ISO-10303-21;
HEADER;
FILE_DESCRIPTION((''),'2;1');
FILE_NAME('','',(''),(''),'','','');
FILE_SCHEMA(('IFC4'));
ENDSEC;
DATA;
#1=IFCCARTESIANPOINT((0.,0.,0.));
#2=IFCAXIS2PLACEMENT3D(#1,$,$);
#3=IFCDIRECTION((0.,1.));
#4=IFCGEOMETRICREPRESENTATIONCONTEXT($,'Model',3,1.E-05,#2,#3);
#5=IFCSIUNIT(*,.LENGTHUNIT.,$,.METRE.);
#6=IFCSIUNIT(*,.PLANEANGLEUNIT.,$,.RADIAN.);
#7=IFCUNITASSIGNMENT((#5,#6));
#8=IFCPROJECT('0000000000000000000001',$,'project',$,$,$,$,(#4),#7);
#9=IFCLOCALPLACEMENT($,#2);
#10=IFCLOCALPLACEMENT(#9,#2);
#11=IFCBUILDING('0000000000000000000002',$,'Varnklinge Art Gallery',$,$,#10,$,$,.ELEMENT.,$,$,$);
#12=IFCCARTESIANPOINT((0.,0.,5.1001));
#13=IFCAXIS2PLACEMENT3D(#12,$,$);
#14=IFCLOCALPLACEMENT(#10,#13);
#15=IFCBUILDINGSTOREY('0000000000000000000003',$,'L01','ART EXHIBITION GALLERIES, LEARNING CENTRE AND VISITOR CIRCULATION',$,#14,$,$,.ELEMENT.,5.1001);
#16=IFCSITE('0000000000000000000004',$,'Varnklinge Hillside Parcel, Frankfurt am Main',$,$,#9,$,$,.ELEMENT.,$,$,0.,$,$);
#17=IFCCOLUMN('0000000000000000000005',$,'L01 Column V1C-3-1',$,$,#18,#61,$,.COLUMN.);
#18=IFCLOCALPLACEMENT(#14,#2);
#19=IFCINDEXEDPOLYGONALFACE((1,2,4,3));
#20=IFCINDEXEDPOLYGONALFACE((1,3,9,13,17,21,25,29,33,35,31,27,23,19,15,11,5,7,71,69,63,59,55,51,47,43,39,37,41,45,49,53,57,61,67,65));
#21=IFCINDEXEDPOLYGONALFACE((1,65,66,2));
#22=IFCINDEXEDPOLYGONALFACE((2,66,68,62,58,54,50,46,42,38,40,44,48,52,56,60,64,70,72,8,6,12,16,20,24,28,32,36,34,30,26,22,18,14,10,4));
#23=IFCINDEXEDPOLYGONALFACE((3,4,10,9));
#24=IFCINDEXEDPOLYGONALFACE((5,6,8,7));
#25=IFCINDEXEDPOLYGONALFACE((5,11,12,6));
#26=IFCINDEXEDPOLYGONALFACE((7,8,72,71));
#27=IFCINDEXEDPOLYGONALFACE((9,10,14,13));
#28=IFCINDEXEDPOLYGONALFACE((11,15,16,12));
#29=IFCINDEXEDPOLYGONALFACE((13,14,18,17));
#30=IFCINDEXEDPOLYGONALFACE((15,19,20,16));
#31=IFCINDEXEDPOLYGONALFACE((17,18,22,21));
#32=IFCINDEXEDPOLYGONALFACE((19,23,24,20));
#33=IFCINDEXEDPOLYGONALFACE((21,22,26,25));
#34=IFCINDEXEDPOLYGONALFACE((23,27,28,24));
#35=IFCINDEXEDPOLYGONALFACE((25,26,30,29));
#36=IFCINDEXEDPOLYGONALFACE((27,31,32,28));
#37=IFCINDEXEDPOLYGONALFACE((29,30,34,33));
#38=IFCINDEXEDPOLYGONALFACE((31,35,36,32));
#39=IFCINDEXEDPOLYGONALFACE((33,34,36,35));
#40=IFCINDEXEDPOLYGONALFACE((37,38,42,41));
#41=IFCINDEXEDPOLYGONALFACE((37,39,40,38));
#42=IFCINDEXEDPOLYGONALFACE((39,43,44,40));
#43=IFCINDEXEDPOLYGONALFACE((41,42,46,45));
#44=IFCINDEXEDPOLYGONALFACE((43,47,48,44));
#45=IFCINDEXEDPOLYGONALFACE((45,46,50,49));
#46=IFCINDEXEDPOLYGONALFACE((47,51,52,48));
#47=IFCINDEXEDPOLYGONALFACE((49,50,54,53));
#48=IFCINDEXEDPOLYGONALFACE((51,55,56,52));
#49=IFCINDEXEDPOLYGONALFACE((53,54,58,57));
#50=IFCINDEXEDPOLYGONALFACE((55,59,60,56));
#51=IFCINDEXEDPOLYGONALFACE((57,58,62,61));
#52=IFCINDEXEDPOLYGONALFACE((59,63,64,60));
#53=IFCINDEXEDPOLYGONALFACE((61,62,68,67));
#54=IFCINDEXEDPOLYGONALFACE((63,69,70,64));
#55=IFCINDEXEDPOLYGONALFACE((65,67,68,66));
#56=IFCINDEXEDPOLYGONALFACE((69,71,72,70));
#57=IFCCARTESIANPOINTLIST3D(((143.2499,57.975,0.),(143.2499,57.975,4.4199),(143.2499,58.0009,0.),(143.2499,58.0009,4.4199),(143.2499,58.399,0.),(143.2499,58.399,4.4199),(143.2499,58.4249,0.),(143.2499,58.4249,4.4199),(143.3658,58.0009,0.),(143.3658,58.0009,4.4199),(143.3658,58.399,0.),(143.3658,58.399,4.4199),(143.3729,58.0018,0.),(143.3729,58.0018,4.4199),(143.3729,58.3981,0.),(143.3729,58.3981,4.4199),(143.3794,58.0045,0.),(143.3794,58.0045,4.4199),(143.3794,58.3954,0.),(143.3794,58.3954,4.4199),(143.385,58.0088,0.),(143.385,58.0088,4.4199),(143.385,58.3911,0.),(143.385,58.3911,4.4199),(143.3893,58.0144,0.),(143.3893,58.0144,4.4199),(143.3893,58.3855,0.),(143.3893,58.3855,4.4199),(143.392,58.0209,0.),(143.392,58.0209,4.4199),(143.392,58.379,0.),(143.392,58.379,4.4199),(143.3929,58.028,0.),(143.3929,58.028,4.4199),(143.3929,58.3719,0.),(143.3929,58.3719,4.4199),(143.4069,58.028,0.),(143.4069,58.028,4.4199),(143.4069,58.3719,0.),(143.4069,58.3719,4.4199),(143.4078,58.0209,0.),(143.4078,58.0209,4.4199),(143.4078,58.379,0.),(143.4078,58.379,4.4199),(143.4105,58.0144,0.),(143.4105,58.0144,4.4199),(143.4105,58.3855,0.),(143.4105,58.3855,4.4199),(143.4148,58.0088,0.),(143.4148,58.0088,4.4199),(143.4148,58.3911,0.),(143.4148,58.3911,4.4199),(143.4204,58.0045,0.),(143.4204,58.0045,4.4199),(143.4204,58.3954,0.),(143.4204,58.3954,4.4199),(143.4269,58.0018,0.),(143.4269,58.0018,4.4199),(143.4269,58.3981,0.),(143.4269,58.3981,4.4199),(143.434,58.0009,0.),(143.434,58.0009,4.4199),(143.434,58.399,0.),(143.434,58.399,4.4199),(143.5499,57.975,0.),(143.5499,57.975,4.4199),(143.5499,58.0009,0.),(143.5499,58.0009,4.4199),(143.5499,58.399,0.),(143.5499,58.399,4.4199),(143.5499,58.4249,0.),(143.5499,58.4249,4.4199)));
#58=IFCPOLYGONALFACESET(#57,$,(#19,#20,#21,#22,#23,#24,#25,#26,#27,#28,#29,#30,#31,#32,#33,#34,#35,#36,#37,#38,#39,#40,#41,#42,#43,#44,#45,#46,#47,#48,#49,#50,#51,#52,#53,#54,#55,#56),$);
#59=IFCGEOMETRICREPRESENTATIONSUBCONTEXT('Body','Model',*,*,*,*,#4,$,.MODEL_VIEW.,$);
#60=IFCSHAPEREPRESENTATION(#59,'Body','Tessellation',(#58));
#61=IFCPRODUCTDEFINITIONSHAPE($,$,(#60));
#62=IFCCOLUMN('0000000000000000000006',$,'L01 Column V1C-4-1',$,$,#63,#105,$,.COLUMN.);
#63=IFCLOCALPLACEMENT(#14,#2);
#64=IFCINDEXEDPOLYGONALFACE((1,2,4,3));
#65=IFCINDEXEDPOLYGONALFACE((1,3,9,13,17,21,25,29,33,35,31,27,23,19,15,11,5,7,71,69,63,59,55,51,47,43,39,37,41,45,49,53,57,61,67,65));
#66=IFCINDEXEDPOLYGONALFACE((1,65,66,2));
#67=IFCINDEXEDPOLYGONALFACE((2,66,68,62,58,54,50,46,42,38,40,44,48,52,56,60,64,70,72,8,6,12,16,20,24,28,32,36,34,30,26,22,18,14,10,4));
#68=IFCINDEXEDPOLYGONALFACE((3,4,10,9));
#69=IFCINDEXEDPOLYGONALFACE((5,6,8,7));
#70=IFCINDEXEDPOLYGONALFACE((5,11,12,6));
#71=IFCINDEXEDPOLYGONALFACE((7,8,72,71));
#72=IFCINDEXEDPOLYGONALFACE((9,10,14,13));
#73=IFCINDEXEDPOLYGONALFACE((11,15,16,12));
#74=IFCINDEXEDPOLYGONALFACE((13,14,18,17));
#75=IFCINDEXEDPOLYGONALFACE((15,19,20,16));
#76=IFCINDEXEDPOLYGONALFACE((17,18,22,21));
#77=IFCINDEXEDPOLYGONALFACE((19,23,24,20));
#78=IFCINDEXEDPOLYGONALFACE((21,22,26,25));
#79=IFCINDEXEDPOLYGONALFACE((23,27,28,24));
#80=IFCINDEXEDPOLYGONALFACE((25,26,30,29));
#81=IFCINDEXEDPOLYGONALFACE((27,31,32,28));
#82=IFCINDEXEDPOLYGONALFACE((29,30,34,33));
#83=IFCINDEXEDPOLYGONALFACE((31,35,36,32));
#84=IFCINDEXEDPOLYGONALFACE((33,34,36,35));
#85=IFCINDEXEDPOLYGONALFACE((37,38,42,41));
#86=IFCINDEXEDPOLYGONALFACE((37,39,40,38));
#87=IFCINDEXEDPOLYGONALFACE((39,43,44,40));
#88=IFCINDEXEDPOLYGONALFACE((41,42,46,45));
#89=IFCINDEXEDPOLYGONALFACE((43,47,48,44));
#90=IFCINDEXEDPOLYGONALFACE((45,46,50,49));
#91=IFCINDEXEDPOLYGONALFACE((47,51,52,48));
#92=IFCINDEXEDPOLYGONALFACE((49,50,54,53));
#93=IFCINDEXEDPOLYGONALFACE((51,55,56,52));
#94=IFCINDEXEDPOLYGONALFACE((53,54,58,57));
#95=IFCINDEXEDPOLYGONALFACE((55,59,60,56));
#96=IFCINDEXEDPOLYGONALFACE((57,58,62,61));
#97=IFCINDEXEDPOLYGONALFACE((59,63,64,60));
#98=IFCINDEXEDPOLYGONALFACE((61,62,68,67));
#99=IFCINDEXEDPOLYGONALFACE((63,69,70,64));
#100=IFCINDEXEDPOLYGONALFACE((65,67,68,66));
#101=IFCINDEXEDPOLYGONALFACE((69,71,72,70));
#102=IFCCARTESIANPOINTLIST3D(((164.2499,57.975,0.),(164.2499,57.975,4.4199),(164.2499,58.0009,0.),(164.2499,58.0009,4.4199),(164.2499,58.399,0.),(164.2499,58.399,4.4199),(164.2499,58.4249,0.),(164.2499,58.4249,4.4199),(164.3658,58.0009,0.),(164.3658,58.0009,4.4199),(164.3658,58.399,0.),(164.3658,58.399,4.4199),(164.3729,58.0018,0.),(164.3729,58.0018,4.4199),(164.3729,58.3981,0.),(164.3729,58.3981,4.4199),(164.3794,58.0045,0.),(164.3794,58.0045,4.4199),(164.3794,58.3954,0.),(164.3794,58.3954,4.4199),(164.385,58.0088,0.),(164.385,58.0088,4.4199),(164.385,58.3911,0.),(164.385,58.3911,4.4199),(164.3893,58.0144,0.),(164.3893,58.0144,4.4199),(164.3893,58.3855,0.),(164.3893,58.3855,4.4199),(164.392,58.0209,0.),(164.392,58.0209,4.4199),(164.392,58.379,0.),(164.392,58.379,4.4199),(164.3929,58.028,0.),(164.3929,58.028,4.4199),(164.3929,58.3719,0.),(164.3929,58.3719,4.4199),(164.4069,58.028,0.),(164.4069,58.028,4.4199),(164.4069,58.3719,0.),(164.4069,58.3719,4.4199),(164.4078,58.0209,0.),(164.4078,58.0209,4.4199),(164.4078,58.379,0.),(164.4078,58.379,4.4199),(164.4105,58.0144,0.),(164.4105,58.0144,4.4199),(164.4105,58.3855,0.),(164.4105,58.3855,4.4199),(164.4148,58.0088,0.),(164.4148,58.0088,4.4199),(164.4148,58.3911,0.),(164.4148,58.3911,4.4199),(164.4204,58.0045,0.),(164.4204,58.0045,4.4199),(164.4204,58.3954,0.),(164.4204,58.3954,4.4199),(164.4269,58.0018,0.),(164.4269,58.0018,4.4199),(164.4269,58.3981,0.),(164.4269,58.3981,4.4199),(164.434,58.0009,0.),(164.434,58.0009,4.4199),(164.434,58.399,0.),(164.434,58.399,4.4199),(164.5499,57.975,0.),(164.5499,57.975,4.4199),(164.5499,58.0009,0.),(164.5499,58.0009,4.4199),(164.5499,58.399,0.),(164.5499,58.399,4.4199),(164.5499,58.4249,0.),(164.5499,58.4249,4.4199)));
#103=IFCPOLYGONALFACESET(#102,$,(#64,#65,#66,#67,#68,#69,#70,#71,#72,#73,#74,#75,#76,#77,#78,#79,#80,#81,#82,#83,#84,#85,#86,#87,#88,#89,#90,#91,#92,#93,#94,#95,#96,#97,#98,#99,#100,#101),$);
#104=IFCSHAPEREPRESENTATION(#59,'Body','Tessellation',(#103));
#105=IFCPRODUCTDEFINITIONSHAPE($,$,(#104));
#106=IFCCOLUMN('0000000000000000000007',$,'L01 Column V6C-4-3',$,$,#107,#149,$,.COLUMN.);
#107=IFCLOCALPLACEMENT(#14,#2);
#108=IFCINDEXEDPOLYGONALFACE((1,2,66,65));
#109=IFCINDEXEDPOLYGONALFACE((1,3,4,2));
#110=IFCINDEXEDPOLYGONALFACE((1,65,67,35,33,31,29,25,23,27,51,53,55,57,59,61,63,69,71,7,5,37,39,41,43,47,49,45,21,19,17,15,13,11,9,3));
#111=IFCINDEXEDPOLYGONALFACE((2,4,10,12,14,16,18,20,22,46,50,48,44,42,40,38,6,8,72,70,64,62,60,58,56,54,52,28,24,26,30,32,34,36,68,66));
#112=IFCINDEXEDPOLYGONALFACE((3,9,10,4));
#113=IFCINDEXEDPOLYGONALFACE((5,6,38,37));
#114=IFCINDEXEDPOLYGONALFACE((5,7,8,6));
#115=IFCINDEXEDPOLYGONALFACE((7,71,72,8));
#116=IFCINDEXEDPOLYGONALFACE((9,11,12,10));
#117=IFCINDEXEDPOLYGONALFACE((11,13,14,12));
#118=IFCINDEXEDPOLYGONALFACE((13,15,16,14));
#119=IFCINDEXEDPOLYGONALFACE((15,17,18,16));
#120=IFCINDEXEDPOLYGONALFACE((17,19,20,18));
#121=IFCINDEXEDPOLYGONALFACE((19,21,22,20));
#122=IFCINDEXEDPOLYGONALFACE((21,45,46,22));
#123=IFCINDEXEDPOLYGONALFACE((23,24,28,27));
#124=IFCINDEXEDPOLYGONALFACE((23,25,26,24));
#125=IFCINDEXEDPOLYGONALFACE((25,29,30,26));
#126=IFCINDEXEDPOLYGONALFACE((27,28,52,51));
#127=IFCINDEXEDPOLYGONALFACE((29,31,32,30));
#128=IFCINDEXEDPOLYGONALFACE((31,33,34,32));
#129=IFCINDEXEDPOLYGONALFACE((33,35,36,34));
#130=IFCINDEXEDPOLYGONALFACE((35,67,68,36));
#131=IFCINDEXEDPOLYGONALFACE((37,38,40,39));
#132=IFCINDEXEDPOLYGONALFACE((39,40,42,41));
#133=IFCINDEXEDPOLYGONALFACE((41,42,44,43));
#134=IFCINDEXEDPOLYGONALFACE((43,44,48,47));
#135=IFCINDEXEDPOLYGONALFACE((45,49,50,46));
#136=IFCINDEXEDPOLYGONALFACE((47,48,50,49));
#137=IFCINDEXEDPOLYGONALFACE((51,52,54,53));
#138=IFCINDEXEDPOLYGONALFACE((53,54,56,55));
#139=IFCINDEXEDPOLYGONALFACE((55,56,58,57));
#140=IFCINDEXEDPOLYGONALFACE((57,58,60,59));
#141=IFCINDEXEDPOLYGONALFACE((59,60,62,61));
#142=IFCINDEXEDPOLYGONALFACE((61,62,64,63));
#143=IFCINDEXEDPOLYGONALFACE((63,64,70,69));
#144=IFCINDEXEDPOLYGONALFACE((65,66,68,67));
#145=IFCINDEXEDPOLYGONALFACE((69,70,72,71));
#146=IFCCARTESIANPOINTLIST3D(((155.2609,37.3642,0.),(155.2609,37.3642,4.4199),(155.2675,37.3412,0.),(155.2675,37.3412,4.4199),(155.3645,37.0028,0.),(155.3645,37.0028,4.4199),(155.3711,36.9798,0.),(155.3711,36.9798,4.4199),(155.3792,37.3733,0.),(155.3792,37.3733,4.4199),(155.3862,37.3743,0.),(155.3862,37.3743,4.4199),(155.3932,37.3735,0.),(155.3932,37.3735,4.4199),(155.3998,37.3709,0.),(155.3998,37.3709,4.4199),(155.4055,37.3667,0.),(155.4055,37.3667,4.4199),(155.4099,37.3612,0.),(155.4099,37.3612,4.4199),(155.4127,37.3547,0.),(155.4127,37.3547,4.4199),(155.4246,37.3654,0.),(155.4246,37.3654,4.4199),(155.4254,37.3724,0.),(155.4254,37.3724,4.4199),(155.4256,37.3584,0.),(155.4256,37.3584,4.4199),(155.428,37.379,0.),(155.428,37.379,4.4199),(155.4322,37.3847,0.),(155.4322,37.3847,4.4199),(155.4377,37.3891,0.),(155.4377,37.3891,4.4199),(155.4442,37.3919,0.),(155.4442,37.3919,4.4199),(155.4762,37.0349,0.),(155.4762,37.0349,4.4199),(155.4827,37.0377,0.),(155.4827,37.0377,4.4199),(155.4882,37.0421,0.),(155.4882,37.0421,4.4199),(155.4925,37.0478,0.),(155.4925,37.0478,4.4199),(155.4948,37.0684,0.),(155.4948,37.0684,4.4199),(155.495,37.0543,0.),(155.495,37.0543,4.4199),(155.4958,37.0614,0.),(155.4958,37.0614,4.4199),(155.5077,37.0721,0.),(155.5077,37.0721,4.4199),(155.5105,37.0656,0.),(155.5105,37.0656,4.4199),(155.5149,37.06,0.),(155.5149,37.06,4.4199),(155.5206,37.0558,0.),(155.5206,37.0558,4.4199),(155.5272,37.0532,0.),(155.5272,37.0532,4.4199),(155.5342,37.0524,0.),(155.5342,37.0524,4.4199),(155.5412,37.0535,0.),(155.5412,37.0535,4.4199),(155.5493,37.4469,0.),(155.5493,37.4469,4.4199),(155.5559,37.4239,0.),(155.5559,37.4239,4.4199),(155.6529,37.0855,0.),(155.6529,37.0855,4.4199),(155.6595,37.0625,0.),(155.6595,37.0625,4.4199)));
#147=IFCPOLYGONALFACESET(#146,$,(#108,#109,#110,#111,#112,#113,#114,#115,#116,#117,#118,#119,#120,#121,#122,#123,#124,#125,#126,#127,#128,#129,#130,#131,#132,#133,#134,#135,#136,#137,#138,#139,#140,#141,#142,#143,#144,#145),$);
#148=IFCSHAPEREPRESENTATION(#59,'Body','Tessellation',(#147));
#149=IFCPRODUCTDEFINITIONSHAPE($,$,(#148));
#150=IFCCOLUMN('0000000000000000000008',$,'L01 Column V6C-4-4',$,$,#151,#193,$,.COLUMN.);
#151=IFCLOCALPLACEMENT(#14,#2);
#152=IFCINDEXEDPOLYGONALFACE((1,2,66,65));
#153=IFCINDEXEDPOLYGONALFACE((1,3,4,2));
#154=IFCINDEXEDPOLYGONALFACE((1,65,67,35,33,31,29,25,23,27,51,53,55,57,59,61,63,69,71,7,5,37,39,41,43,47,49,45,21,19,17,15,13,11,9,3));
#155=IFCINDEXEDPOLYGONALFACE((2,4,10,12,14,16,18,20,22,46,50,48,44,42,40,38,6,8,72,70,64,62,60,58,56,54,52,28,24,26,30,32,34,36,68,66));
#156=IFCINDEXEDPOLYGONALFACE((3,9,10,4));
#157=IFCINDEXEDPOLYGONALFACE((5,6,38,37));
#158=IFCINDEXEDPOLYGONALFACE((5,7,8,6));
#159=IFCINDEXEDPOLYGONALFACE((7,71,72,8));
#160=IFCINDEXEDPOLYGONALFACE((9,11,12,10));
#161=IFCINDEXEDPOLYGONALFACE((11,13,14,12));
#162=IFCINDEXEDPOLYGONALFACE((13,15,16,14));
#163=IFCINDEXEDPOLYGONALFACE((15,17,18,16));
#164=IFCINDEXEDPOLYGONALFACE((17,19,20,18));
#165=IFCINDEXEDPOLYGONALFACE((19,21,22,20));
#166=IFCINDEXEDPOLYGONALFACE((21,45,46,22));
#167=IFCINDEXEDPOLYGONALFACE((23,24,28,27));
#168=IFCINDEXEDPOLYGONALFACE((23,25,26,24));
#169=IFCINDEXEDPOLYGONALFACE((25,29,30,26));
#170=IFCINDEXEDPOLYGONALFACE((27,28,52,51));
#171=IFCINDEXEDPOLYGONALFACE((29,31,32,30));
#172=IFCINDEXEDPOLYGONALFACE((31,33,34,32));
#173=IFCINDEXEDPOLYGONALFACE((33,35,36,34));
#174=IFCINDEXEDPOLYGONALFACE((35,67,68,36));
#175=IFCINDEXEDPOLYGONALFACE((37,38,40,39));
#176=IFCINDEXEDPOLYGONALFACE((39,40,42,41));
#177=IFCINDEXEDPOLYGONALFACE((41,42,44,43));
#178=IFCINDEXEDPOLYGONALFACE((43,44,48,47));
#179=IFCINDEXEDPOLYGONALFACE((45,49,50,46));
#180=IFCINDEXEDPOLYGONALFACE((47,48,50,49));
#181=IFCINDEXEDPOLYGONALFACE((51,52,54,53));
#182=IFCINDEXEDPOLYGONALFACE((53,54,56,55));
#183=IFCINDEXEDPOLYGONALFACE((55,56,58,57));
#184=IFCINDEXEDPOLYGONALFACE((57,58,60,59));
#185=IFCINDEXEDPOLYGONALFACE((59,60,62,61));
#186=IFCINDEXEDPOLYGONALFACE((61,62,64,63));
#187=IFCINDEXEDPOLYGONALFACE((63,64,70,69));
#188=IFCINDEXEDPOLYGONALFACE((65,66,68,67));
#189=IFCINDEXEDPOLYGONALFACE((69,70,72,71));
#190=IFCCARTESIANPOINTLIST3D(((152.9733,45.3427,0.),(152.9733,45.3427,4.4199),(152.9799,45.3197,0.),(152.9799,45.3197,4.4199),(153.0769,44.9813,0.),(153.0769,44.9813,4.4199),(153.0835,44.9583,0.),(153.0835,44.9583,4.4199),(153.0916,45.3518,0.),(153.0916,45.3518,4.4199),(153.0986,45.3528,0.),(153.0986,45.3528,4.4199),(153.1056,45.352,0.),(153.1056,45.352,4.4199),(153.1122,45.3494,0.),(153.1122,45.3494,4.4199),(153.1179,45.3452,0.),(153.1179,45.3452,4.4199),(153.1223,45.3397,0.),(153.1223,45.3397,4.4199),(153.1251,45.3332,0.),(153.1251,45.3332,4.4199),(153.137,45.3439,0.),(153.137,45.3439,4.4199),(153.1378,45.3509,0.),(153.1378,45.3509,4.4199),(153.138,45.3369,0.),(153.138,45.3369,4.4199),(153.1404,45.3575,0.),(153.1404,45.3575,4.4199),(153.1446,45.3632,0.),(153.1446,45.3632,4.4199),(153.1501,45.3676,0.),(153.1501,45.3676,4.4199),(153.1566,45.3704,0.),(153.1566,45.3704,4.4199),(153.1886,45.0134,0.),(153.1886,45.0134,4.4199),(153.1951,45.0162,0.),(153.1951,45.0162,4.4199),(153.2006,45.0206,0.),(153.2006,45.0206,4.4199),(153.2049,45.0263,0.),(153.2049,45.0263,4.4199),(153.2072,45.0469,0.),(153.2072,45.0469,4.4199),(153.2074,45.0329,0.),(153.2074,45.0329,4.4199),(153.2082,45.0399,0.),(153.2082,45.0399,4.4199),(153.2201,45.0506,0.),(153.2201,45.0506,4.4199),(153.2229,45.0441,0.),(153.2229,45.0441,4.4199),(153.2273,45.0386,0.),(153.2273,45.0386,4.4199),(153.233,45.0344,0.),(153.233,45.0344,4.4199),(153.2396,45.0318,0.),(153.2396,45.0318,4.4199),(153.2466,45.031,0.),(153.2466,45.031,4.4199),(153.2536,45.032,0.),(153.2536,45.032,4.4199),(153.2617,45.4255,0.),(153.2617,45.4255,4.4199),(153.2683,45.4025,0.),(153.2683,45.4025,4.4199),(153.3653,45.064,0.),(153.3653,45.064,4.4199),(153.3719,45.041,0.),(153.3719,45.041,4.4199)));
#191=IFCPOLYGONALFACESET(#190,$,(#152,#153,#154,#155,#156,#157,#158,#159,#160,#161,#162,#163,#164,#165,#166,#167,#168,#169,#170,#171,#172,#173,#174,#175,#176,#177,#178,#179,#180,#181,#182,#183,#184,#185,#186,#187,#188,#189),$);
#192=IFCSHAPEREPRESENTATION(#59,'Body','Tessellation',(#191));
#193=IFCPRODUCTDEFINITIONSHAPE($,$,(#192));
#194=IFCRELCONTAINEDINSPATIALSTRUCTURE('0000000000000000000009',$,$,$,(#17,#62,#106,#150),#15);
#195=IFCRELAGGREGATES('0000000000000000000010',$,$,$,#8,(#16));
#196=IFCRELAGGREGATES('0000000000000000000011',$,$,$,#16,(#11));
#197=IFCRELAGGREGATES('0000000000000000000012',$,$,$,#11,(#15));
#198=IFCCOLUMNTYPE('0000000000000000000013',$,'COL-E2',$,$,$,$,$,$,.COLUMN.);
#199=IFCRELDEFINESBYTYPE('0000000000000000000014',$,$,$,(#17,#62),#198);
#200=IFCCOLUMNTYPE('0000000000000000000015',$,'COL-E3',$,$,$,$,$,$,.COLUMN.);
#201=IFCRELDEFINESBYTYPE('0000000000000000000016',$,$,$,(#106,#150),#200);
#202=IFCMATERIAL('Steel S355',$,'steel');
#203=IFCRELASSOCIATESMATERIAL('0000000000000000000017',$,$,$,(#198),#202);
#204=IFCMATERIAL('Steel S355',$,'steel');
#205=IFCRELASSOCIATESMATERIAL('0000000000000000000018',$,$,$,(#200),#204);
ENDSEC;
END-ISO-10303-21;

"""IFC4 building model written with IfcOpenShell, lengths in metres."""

from ifc_helpers import new_model, si_unit, direction, frame, origin, origin_2d, place, context, subcontext, project, spatial, i_section, extrude, material, material_profile, profile_set, type_object, element, save


model = new_model("IFC4")

# Units and contexts
model_context = context("Model", 3, precision=1e-05, world=origin(), true_north=direction((0.0, 1.0)))
body_context = subcontext(model_context, "Body", "Model", "MODEL_VIEW")
ifc_project = project(units=[si_unit("LENGTHUNIT", "METRE"), si_unit("PLANEANGLEUNIT", "RADIAN")], contexts=[model_context])

# Site, building, storey
site_placement = place(None, origin())
site = spatial("IfcSite", under=ifc_project, at=site_placement, Name="Varnklinge Hillside Parcel, Frankfurt am Main", CompositionType="ELEMENT", RefElevation=0.0)
building_placement = place(site_placement, origin())
building = spatial("IfcBuilding", under=site, at=building_placement, Name="Varnklinge Art Gallery", CompositionType="ELEMENT")
storey_placement = place(building_placement, frame((0.0, 0.0, 5.1001)))
storey = spatial("IfcBuildingStorey", under=building, at=storey_placement, Name="L01", Description="ART EXHIBITION GALLERIES, LEARNING CENTRE AND VISITOR CIRCULATION", CompositionType="ELEMENT", Elevation=5.1001)

# Columns
ifc_material_1 = material(Name="Steel S355", Category="steel")
ifc_material_profile_1 = material_profile(ifc_material_1, i_section(OverallWidth=0.3, OverallDepth=0.45, WebThickness=0.0139, FlangeThickness=0.0259, FilletRadius=0.0271, at=origin_2d()), Name="HEB 450")
ifc_profile_set_1 = profile_set([ifc_material_profile_1], Name="Steel S355")
column_type_1 = type_object("IfcColumnType", Name="COL-E2", PredefinedType="COLUMN", material=ifc_profile_set_1)
for number, where, z_axis, x_axis, name in (
    (1, (143.3999, 58.2, 0.0), (0.0, 0.0, 1.0), (1.0, 0.0, 0.0), "L01 Column V1C-3-1"),
    (2, (164.3999, 58.2, 0.0), (0.0, 0.0, 1.0), (1.0, 0.0, 0.0), "L01 Column V1C-4-1"),
):
    element("IfcColumn", number, at=place(storey_placement, frame(where, z_axis=z_axis, x_axis=x_axis)), inside=storey, type_object=column_type_1, Name=name, PredefinedType="COLUMN", context=body_context, shape_type="SweptSolid", body=[
        extrude(i_section(OverallWidth=0.3, OverallDepth=0.45, WebThickness=0.0139, FlangeThickness=0.0259, FilletRadius=0.0271, at=origin_2d()), origin(), (0.0, 0.0, 1.0), 4.4199),
    ])
ifc_material_2 = material(Name="Steel S355", Category="steel")
ifc_material_profile_2 = material_profile(ifc_material_2, i_section(OverallWidth=0.3, OverallDepth=0.3999, WebThickness=0.0134, FlangeThickness=0.0239, FilletRadius=0.0271, at=origin_2d()), Name="HEB 400")
ifc_profile_set_2 = profile_set([ifc_material_profile_2], Name="Steel S355")
column_type_2 = type_object("IfcColumnType", Name="COL-E3", PredefinedType="COLUMN", material=ifc_profile_set_2)
for number, where, z_axis, x_axis, name in (
    (3, (155.4602, 37.2134, 0.0), (0.0, 0.0, 1.0), (0.961262, 0.275637, 0.0), "L01 Column V6C-4-3"),
    (4, (153.1726, 45.1919, 0.0), (0.0, 0.0, 1.0), (0.961262, 0.275637, 0.0), "L01 Column V6C-4-4"),
):
    element("IfcColumn", number, at=place(storey_placement, frame(where, z_axis=z_axis, x_axis=x_axis)), inside=storey, type_object=column_type_2, Name=name, PredefinedType="COLUMN", context=body_context, shape_type="SweptSolid", body=[
        extrude(i_section(OverallWidth=0.3, OverallDepth=0.3999, WebThickness=0.0134, FlangeThickness=0.0239, FilletRadius=0.0271, at=origin_2d()), origin(), (0.0, 0.0, 1.0), 4.4199),
    ])

save(model, "model.ifc")
